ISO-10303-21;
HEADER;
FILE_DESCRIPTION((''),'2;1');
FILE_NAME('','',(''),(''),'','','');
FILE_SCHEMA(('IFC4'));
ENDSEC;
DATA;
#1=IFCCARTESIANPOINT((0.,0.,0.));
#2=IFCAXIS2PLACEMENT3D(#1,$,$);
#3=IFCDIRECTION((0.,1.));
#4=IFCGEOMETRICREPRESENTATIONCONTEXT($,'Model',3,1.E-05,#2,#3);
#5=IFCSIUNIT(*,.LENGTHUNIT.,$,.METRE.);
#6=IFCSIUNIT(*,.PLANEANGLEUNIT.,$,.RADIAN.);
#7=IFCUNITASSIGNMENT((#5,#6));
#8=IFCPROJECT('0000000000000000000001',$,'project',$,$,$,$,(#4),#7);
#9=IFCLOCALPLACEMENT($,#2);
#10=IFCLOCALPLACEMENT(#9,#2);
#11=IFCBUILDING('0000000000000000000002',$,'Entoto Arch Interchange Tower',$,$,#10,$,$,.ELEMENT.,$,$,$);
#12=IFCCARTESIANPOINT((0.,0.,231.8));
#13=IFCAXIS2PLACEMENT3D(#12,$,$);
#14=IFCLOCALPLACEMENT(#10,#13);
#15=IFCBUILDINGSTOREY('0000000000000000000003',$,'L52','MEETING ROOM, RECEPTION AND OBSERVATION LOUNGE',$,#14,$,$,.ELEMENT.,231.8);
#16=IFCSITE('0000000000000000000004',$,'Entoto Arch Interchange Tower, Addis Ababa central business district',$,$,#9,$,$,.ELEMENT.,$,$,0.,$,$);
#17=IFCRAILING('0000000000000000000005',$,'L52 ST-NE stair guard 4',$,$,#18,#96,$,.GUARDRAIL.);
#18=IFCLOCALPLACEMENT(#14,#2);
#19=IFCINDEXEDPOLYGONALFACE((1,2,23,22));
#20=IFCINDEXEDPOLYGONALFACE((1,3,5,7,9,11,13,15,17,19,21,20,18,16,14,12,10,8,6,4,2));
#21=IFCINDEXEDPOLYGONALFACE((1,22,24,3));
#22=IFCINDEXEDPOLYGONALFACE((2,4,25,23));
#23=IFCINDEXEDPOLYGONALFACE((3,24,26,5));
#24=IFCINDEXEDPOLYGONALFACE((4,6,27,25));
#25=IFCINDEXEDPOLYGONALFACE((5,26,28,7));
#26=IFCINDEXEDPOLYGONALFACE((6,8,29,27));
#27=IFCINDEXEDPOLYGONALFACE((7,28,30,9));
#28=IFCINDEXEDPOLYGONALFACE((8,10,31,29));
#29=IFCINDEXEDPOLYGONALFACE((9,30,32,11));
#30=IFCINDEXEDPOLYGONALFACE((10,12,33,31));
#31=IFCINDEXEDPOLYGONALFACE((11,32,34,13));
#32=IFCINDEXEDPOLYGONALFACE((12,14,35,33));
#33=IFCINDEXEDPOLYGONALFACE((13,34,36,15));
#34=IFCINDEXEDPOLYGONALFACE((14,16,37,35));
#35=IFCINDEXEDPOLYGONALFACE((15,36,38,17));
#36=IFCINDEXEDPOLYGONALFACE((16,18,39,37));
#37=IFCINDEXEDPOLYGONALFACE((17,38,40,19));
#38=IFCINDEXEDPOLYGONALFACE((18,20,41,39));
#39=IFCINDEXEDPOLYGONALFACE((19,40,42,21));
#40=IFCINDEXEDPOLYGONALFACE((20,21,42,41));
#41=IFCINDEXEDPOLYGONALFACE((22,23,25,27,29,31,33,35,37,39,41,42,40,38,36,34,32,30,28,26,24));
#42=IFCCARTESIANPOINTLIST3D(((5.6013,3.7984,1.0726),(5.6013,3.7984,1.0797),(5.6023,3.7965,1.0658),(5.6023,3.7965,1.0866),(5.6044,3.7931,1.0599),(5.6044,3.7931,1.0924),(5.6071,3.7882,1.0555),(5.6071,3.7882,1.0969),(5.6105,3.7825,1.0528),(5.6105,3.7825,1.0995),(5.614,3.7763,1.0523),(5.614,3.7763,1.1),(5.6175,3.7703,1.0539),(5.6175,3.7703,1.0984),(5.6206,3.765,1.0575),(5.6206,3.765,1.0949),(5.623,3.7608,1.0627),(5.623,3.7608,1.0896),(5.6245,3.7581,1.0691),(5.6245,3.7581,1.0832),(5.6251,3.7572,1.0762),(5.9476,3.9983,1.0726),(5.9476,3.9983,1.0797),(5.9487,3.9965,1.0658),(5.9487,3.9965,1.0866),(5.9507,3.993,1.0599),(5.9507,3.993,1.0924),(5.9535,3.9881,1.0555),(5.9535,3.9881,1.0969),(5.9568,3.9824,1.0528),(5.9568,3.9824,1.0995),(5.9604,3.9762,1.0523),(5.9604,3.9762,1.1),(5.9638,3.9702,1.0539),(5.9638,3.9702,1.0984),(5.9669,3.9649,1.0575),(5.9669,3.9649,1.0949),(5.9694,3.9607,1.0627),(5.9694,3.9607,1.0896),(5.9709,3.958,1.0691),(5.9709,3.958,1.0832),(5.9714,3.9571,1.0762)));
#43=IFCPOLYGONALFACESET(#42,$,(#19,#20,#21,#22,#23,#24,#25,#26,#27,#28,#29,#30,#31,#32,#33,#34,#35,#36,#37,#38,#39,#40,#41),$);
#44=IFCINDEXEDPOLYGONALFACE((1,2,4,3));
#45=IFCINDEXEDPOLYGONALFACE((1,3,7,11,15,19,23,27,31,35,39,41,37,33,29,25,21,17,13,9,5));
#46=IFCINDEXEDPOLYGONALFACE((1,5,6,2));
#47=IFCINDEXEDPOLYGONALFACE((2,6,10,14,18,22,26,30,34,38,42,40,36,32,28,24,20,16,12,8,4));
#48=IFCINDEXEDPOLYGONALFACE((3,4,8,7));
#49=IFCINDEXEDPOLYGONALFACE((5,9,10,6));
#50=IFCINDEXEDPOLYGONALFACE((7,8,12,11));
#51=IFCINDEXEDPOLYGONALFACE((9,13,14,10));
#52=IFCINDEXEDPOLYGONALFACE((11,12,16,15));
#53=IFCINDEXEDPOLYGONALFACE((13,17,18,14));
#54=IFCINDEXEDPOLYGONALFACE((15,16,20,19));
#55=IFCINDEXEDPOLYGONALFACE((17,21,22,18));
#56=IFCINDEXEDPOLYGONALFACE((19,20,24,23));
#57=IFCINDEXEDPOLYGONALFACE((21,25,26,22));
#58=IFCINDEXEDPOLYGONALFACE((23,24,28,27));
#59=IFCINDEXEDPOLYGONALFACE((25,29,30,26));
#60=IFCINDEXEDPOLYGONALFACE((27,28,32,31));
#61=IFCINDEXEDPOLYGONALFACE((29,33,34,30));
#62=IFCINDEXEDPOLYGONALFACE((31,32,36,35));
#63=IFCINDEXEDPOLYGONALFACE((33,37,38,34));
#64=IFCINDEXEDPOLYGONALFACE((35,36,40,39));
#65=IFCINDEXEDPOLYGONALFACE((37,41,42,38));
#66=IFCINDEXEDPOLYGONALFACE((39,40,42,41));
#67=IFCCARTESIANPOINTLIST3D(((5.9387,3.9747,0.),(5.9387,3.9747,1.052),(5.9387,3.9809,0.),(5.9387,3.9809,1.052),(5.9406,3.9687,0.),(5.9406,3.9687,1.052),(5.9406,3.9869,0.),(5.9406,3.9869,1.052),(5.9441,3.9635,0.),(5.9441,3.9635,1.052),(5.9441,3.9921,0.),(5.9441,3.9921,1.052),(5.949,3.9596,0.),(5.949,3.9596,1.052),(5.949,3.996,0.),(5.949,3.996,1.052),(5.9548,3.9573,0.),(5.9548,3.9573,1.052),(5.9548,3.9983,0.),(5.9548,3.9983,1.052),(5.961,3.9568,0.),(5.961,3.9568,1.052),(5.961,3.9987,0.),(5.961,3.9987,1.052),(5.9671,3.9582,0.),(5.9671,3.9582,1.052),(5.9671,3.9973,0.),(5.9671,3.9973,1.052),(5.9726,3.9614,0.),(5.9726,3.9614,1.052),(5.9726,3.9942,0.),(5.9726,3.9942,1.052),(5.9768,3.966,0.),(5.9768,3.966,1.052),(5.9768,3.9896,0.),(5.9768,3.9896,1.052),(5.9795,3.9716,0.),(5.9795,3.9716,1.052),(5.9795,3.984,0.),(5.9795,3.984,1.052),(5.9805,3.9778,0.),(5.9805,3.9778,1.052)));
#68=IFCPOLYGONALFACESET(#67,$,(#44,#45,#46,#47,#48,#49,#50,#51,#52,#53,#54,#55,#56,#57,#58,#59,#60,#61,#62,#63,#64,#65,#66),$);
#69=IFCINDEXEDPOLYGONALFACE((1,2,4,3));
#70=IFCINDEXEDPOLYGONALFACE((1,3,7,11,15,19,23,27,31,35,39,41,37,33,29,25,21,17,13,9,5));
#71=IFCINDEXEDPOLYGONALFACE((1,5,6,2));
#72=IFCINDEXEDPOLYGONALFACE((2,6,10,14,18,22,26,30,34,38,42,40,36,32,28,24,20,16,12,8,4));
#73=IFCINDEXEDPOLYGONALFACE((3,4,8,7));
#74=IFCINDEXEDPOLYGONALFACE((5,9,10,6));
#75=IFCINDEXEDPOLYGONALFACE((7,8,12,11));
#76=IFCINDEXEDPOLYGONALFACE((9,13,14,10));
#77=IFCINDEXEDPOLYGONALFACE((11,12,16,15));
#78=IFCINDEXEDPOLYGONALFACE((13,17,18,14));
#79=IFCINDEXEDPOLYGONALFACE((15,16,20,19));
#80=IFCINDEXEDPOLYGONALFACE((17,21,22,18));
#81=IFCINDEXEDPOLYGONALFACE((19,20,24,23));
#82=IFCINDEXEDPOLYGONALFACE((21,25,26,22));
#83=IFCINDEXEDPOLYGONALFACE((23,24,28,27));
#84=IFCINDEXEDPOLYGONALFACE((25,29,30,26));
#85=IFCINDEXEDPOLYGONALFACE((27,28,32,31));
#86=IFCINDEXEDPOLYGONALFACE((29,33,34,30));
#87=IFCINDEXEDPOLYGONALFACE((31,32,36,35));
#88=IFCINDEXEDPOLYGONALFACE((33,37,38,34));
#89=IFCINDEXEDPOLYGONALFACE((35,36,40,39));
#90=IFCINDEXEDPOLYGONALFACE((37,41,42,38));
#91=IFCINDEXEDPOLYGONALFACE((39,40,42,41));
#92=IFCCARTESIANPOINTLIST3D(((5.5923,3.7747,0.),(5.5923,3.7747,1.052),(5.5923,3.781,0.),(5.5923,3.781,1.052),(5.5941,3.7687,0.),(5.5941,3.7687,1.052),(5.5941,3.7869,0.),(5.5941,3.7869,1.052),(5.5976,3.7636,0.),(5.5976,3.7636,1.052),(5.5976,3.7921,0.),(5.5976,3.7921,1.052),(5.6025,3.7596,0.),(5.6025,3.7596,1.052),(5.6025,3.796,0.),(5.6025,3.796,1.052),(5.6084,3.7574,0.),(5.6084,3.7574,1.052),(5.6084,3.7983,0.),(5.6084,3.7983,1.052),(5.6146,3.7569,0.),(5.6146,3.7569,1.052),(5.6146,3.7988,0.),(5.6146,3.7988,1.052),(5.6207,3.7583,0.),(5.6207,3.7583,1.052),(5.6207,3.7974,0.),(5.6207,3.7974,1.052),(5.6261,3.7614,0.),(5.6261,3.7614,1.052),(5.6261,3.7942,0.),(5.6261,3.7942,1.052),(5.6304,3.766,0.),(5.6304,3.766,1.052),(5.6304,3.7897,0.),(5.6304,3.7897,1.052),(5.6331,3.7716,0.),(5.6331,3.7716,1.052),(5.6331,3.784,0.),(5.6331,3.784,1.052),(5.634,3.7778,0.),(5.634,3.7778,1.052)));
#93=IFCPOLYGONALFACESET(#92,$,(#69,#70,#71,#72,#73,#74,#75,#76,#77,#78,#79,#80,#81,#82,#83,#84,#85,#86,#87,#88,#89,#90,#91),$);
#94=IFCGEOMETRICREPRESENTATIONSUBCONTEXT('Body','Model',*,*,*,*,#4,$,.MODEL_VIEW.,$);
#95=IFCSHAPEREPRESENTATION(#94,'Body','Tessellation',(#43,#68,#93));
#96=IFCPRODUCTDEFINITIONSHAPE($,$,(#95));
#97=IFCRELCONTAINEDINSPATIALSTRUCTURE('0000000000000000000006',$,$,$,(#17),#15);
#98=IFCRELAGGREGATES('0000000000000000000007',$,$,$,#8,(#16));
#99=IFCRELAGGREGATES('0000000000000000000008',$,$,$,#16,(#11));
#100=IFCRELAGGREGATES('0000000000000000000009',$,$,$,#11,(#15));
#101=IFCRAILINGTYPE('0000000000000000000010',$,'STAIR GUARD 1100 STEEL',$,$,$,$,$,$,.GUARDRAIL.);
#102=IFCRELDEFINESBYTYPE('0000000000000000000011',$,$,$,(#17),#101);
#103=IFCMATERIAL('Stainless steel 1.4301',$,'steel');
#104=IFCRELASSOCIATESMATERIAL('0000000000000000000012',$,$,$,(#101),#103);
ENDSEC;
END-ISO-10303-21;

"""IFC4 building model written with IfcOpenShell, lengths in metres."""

from ifc_helpers import new_model, si_unit, direction, frame, origin, origin_2d, place, context, subcontext, project, spatial, circle, extrude, material, type_object, element, save


model = new_model("IFC4")

# Units and contexts
model_context = context("Model", 3, precision=1e-05, world=origin(), true_north=direction((0.0, 1.0)))
body_context = subcontext(model_context, "Body", "Model", "MODEL_VIEW")
ifc_project = project(units=[si_unit("LENGTHUNIT", "METRE"), si_unit("PLANEANGLEUNIT", "RADIAN")], contexts=[model_context])

# Site, building, storey
site_placement = place(None, origin())
site = spatial("IfcSite", under=ifc_project, at=site_placement, Name="Entoto Arch Interchange Tower, Addis Ababa central business district", CompositionType="ELEMENT", RefElevation=0.0)
building_placement = place(site_placement, origin())
building = spatial("IfcBuilding", under=site, at=building_placement, Name="Entoto Arch Interchange Tower", CompositionType="ELEMENT")
storey_placement = place(building_placement, frame((0.0, 0.0, 231.8)))
storey = spatial("IfcBuildingStorey", under=building, at=storey_placement, Name="L52", Description="MEETING ROOM, RECEPTION AND OBSERVATION LOUNGE", CompositionType="ELEMENT", Elevation=231.8)

# Railing
ifc_material_1 = material(Name="Stainless steel 1.4301", Category="steel")
railing_type_1 = type_object("IfcRailingType", Name="STAIR GUARD 1100 STEEL", PredefinedType="GUARDRAIL", material=ifc_material_1)
railing_1_placement = place(storey_placement, frame((5.9595, 3.9778, 0.0)))
element("IfcRailing", 1, at=railing_1_placement, inside=storey, type_object=railing_type_1, Name="L52 ST-NE stair guard 4", PredefinedType="GUARDRAIL", context=body_context, shape_type="SweptSolid", body=[
    extrude(circle(Radius=0.0239, at=origin_2d()), frame((0.0, 0.0, 1.0762), z_axis=(-0.866094, -0.499881, 0.0), x_axis=(0.499881, -0.866094, 0.0)), (0.0, 0.0, 1.0), 0.3999),
    extrude(circle(Radius=0.021, at=origin_2d()), origin(), (0.0, 0.0, 1.0), 1.052),
    extrude(circle(Radius=0.021, at=origin_2d()), frame((-0.3464, -0.2, 0.0)), (0.0, 0.0, 1.0), 1.052),
])

save(model, "model.ifc")
